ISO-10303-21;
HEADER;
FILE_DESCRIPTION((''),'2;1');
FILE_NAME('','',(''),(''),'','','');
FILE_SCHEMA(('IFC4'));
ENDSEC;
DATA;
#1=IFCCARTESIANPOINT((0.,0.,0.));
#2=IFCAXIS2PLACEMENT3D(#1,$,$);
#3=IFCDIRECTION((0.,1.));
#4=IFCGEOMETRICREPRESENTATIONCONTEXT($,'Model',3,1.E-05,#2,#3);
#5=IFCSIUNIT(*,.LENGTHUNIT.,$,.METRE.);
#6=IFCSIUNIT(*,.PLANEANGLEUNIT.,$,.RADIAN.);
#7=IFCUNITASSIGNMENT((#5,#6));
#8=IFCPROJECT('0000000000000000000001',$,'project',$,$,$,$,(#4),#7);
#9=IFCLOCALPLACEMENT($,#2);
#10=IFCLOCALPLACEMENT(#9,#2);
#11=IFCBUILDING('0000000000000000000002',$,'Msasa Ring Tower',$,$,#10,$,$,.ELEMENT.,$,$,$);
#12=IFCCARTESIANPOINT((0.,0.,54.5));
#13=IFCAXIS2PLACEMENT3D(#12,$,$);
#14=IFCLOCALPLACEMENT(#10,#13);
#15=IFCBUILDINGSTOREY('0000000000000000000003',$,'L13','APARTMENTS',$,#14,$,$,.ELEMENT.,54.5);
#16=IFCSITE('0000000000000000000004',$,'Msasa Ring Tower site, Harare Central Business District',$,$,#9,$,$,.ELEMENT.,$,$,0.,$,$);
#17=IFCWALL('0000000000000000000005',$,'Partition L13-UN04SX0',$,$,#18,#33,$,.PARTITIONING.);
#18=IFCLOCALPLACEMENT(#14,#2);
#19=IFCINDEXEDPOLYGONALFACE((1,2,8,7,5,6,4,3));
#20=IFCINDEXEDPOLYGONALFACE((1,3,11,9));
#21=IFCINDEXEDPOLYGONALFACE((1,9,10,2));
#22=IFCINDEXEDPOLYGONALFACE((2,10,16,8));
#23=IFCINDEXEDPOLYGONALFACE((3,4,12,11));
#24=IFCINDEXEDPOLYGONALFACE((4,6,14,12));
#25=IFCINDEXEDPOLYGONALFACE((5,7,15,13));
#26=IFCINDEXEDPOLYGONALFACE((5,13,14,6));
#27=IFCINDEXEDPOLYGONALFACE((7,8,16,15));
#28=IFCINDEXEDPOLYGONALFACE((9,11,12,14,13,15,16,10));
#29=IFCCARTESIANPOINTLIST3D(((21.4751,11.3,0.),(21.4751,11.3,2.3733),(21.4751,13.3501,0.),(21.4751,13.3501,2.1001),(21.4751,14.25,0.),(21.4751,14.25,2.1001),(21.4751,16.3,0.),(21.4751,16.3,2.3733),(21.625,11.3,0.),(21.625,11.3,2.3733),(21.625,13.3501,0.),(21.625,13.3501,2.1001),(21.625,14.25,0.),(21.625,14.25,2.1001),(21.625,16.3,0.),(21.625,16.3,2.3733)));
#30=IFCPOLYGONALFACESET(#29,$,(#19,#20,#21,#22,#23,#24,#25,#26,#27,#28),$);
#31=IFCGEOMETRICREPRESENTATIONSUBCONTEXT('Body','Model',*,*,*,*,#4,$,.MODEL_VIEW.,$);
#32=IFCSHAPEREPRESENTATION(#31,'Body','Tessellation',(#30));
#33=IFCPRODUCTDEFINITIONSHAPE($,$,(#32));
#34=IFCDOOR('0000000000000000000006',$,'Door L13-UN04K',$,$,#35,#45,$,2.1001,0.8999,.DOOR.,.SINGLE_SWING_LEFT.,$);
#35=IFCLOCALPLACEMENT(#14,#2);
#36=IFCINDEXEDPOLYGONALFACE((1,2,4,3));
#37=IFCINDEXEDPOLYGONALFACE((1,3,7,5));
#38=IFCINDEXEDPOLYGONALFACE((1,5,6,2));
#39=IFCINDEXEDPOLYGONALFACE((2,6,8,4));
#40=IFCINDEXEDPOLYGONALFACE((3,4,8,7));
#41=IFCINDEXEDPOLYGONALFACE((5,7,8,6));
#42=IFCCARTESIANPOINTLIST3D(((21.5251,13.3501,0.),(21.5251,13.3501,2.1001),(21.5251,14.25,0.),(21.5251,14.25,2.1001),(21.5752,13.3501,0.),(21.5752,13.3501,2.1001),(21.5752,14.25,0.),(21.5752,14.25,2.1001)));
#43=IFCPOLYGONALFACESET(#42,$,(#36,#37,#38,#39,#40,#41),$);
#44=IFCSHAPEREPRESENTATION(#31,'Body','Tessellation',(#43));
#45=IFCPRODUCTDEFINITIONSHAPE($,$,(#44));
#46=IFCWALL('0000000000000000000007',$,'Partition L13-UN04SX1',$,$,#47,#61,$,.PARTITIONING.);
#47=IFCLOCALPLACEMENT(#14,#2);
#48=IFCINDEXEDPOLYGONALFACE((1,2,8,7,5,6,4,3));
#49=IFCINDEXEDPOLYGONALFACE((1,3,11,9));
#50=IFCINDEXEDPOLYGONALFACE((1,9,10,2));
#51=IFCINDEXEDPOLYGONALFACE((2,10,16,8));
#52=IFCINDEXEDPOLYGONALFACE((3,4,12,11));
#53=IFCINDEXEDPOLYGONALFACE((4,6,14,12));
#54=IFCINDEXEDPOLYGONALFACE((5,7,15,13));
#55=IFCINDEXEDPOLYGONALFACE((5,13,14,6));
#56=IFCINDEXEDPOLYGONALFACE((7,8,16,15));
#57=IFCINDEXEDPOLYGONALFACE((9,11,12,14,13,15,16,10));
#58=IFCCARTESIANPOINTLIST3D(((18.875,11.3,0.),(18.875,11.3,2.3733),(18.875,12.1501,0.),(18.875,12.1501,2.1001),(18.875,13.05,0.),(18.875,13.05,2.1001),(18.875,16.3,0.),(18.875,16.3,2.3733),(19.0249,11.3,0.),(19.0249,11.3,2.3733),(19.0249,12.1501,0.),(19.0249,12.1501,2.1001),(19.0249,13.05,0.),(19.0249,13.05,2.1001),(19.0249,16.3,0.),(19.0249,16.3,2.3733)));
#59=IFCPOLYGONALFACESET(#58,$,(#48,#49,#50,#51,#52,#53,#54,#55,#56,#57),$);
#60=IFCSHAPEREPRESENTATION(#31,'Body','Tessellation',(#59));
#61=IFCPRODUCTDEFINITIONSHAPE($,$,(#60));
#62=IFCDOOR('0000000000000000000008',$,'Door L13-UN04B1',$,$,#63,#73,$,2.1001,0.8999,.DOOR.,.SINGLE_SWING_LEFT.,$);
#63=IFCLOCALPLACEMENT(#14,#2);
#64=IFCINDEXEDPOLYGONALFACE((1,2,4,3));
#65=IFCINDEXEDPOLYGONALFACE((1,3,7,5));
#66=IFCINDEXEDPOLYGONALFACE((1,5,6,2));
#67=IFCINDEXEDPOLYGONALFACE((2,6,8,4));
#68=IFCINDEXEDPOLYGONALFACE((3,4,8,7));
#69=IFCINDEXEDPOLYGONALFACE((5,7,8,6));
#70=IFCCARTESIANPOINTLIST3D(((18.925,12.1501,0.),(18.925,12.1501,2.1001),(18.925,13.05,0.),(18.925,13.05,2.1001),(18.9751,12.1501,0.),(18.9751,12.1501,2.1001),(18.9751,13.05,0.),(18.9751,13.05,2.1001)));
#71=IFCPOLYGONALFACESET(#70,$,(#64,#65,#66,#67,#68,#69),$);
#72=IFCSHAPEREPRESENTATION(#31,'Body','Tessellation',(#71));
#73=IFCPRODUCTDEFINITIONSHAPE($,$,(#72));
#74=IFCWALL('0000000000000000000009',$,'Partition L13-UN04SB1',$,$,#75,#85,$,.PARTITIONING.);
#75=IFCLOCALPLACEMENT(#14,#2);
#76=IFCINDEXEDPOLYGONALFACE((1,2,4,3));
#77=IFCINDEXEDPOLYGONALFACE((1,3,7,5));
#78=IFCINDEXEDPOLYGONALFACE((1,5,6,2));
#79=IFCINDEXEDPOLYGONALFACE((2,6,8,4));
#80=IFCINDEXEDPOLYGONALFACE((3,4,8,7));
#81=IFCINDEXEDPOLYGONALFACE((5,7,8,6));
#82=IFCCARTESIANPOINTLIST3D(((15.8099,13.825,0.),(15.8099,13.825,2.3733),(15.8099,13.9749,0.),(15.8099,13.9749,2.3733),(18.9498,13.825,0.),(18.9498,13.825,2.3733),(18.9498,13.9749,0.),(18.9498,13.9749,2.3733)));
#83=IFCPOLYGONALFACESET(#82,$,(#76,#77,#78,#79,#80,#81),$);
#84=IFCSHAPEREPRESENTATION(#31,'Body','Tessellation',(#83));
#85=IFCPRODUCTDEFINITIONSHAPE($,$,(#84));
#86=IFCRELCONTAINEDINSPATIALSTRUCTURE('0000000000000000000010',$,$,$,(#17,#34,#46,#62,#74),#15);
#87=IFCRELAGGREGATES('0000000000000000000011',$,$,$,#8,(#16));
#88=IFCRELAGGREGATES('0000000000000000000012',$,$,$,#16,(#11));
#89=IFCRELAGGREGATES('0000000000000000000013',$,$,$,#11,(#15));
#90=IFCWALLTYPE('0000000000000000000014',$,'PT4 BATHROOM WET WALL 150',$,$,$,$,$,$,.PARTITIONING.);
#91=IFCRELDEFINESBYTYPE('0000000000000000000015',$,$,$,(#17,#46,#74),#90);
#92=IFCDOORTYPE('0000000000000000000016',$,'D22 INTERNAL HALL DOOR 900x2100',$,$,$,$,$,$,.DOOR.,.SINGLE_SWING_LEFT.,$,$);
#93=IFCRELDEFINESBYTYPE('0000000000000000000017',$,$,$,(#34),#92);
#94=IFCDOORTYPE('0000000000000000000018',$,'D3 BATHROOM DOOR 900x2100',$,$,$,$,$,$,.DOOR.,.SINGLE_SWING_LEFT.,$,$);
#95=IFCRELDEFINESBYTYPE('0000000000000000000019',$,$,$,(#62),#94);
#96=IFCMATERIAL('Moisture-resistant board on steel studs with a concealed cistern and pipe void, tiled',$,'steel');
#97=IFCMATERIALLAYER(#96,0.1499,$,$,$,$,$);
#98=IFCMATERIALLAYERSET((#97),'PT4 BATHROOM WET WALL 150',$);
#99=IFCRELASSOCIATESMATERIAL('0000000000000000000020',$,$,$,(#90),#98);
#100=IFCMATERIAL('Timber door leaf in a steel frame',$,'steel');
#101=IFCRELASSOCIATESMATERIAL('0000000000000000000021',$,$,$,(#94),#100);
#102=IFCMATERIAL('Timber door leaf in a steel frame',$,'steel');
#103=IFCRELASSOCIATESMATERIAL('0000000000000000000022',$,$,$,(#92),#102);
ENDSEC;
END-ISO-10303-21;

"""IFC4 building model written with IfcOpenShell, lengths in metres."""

from ifc_helpers import new_model, si_unit, direction, frame, frame_2d, origin, place, context, subcontext, project, spatial, rectangle, extrude, material, layer, layer_set, type_object, element, fill, save


model = new_model("IFC4")

# Units and contexts
model_context = context("Model", 3, precision=1e-05, world=origin(), true_north=direction((0.0, 1.0)))
body_context = subcontext(model_context, "Body", "Model", "MODEL_VIEW")
ifc_project = project(units=[si_unit("LENGTHUNIT", "METRE"), si_unit("PLANEANGLEUNIT", "RADIAN")], contexts=[model_context])

# Site, building, storey
site_placement = place(None, origin())
site = spatial("IfcSite", under=ifc_project, at=site_placement, Name="Msasa Ring Tower site, Harare Central Business District", CompositionType="ELEMENT", RefElevation=0.0)
building_placement = place(site_placement, origin())
building = spatial("IfcBuilding", under=site, at=building_placement, Name="Msasa Ring Tower", CompositionType="ELEMENT")
storey_placement = place(building_placement, frame((0.0, 0.0, 54.5)))
storey = spatial("IfcBuildingStorey", under=building, at=storey_placement, Name="L13", Description="APARTMENTS", CompositionType="ELEMENT", Elevation=54.5)

# Shared definitions
ifc_material_1 = material(Name="Moisture-resistant board on steel studs with a concealed cistern and pipe void, tiled", Category="steel")
ifc_layer_1 = layer(ifc_material_1, 0.1499)
ifc_layer_set_1 = layer_set([ifc_layer_1], Name="PT4 BATHROOM WET WALL 150")
wall_type_1 = type_object("IfcWallType", Name="PT4 BATHROOM WET WALL 150", PredefinedType="PARTITIONING", material=ifc_layer_set_1)
ifc_material_2 = material(Name="Timber door leaf in a steel frame", Category="steel")
door_type_1 = type_object("IfcDoorType", Name="D3 BATHROOM DOOR 900x2100", OperationType="SINGLE_SWING_LEFT", PredefinedType="DOOR", material=ifc_material_2)

# Walls, openings, doors
wall_1_placement = place(storey_placement, frame((21.55, 11.3, 0.0), z_axis=(0.0, 0.0, 1.0), x_axis=(0.0, 1.0, 0.0)))
wall_1 = element("IfcWall", 1, at=wall_1_placement, inside=storey, type_object=wall_type_1, Name="Partition L13-UN04SX0", PredefinedType="PARTITIONING", context=body_context, shape_type="SweptSolid", body=[
    extrude(rectangle(XDim=5.0, YDim=0.1499, at=frame_2d((2.5, 0.0))), origin(), (0.0, 0.0, 1.0), 2.3733),
])
opening_1_placement = place(wall_1_placement, frame((2.05, 0.0, 0.0)))
opening_1 = element("IfcOpeningElement", 2, at=opening_1_placement, cuts=wall_1, PredefinedType="OPENING", context=body_context, shape_type="SweptSolid", body=[
    extrude(rectangle(XDim=0.8999, YDim=2.1001, at=frame_2d((0.45, 1.05))), frame((0.0, 0.085, 0.0), z_axis=(0.0, -1.0, 0.0), x_axis=(1.0, 0.0, 0.0)), (0.0, 0.0, 1.0), 0.1699),
])
ifc_material_3 = material(Name="Timber door leaf in a steel frame", Category="steel")
door_type_2 = type_object("IfcDoorType", Name="D22 INTERNAL HALL DOOR 900x2100", OperationType="SINGLE_SWING_LEFT", PredefinedType="DOOR", material=ifc_material_3)
door_1_placement = place(opening_1_placement, origin())
door_1 = element("IfcDoor", 3, at=door_1_placement, inside=storey, type_object=door_type_2, Name="Door L13-UN04K", OperationType="SINGLE_SWING_LEFT", OverallHeight=2.1001, OverallWidth=0.8999, PredefinedType="DOOR", context=body_context, shape_type="SweptSolid", body=[
    extrude(rectangle(XDim=0.8999, YDim=2.1001, at=frame_2d((0.45, 1.05))), frame((0.0, 0.0249, 0.0), z_axis=(0.0, -1.0, 0.0), x_axis=(1.0, 0.0, 0.0)), (0.0, 0.0, 1.0), 0.05),
])
fill(opening_1, door_1)
wall_2_placement = place(storey_placement, frame((18.95, 11.3, 0.0), z_axis=(0.0, 0.0, 1.0), x_axis=(0.0, 1.0, 0.0)))
wall_2 = element("IfcWall", 4, at=wall_2_placement, inside=storey, type_object=wall_type_1, Name="Partition L13-UN04SX1", PredefinedType="PARTITIONING", context=body_context, shape_type="SweptSolid", body=[
    extrude(rectangle(XDim=5.0, YDim=0.1499, at=frame_2d((2.5, 0.0))), origin(), (0.0, 0.0, 1.0), 2.3733),
])
opening_2_placement = place(wall_2_placement, frame((0.8501, 0.0, 0.0)))
opening_2 = element("IfcOpeningElement", 5, at=opening_2_placement, cuts=wall_2, PredefinedType="OPENING", context=body_context, shape_type="SweptSolid", body=[
    extrude(rectangle(XDim=0.8999, YDim=2.1001, at=frame_2d((0.45, 1.05))), frame((0.0, 0.085, 0.0), z_axis=(0.0, -1.0, 0.0), x_axis=(1.0, 0.0, 0.0)), (0.0, 0.0, 1.0), 0.1699),
])
door_2_placement = place(opening_2_placement, origin())
door_2 = element("IfcDoor", 6, at=door_2_placement, inside=storey, type_object=door_type_1, Name="Door L13-UN04B1", OperationType="SINGLE_SWING_LEFT", OverallHeight=2.1001, OverallWidth=0.8999, PredefinedType="DOOR", context=body_context, shape_type="SweptSolid", body=[
    extrude(rectangle(XDim=0.8999, YDim=2.1001, at=frame_2d((0.45, 1.05))), frame((0.0, 0.0249, 0.0), z_axis=(0.0, -1.0, 0.0), x_axis=(1.0, 0.0, 0.0)), (0.0, 0.0, 1.0), 0.05),
])
fill(opening_2, door_2)

# Wall
wall_3_placement = place(storey_placement, frame((15.8101, 13.8999, 0.0), z_axis=(0.0, 0.0, 1.0), x_axis=(1.0, 0.0, 0.0)))
element("IfcWall", 7, at=wall_3_placement, inside=storey, type_object=wall_type_1, Name="Partition L13-UN04SB1", PredefinedType="PARTITIONING", context=body_context, shape_type="SweptSolid", body=[
    extrude(rectangle(XDim=3.1399, YDim=0.1499, at=frame_2d((1.5698, 0.0))), origin(), (0.0, 0.0, 1.0), 2.3733),
])

save(model, "model.ifc")
